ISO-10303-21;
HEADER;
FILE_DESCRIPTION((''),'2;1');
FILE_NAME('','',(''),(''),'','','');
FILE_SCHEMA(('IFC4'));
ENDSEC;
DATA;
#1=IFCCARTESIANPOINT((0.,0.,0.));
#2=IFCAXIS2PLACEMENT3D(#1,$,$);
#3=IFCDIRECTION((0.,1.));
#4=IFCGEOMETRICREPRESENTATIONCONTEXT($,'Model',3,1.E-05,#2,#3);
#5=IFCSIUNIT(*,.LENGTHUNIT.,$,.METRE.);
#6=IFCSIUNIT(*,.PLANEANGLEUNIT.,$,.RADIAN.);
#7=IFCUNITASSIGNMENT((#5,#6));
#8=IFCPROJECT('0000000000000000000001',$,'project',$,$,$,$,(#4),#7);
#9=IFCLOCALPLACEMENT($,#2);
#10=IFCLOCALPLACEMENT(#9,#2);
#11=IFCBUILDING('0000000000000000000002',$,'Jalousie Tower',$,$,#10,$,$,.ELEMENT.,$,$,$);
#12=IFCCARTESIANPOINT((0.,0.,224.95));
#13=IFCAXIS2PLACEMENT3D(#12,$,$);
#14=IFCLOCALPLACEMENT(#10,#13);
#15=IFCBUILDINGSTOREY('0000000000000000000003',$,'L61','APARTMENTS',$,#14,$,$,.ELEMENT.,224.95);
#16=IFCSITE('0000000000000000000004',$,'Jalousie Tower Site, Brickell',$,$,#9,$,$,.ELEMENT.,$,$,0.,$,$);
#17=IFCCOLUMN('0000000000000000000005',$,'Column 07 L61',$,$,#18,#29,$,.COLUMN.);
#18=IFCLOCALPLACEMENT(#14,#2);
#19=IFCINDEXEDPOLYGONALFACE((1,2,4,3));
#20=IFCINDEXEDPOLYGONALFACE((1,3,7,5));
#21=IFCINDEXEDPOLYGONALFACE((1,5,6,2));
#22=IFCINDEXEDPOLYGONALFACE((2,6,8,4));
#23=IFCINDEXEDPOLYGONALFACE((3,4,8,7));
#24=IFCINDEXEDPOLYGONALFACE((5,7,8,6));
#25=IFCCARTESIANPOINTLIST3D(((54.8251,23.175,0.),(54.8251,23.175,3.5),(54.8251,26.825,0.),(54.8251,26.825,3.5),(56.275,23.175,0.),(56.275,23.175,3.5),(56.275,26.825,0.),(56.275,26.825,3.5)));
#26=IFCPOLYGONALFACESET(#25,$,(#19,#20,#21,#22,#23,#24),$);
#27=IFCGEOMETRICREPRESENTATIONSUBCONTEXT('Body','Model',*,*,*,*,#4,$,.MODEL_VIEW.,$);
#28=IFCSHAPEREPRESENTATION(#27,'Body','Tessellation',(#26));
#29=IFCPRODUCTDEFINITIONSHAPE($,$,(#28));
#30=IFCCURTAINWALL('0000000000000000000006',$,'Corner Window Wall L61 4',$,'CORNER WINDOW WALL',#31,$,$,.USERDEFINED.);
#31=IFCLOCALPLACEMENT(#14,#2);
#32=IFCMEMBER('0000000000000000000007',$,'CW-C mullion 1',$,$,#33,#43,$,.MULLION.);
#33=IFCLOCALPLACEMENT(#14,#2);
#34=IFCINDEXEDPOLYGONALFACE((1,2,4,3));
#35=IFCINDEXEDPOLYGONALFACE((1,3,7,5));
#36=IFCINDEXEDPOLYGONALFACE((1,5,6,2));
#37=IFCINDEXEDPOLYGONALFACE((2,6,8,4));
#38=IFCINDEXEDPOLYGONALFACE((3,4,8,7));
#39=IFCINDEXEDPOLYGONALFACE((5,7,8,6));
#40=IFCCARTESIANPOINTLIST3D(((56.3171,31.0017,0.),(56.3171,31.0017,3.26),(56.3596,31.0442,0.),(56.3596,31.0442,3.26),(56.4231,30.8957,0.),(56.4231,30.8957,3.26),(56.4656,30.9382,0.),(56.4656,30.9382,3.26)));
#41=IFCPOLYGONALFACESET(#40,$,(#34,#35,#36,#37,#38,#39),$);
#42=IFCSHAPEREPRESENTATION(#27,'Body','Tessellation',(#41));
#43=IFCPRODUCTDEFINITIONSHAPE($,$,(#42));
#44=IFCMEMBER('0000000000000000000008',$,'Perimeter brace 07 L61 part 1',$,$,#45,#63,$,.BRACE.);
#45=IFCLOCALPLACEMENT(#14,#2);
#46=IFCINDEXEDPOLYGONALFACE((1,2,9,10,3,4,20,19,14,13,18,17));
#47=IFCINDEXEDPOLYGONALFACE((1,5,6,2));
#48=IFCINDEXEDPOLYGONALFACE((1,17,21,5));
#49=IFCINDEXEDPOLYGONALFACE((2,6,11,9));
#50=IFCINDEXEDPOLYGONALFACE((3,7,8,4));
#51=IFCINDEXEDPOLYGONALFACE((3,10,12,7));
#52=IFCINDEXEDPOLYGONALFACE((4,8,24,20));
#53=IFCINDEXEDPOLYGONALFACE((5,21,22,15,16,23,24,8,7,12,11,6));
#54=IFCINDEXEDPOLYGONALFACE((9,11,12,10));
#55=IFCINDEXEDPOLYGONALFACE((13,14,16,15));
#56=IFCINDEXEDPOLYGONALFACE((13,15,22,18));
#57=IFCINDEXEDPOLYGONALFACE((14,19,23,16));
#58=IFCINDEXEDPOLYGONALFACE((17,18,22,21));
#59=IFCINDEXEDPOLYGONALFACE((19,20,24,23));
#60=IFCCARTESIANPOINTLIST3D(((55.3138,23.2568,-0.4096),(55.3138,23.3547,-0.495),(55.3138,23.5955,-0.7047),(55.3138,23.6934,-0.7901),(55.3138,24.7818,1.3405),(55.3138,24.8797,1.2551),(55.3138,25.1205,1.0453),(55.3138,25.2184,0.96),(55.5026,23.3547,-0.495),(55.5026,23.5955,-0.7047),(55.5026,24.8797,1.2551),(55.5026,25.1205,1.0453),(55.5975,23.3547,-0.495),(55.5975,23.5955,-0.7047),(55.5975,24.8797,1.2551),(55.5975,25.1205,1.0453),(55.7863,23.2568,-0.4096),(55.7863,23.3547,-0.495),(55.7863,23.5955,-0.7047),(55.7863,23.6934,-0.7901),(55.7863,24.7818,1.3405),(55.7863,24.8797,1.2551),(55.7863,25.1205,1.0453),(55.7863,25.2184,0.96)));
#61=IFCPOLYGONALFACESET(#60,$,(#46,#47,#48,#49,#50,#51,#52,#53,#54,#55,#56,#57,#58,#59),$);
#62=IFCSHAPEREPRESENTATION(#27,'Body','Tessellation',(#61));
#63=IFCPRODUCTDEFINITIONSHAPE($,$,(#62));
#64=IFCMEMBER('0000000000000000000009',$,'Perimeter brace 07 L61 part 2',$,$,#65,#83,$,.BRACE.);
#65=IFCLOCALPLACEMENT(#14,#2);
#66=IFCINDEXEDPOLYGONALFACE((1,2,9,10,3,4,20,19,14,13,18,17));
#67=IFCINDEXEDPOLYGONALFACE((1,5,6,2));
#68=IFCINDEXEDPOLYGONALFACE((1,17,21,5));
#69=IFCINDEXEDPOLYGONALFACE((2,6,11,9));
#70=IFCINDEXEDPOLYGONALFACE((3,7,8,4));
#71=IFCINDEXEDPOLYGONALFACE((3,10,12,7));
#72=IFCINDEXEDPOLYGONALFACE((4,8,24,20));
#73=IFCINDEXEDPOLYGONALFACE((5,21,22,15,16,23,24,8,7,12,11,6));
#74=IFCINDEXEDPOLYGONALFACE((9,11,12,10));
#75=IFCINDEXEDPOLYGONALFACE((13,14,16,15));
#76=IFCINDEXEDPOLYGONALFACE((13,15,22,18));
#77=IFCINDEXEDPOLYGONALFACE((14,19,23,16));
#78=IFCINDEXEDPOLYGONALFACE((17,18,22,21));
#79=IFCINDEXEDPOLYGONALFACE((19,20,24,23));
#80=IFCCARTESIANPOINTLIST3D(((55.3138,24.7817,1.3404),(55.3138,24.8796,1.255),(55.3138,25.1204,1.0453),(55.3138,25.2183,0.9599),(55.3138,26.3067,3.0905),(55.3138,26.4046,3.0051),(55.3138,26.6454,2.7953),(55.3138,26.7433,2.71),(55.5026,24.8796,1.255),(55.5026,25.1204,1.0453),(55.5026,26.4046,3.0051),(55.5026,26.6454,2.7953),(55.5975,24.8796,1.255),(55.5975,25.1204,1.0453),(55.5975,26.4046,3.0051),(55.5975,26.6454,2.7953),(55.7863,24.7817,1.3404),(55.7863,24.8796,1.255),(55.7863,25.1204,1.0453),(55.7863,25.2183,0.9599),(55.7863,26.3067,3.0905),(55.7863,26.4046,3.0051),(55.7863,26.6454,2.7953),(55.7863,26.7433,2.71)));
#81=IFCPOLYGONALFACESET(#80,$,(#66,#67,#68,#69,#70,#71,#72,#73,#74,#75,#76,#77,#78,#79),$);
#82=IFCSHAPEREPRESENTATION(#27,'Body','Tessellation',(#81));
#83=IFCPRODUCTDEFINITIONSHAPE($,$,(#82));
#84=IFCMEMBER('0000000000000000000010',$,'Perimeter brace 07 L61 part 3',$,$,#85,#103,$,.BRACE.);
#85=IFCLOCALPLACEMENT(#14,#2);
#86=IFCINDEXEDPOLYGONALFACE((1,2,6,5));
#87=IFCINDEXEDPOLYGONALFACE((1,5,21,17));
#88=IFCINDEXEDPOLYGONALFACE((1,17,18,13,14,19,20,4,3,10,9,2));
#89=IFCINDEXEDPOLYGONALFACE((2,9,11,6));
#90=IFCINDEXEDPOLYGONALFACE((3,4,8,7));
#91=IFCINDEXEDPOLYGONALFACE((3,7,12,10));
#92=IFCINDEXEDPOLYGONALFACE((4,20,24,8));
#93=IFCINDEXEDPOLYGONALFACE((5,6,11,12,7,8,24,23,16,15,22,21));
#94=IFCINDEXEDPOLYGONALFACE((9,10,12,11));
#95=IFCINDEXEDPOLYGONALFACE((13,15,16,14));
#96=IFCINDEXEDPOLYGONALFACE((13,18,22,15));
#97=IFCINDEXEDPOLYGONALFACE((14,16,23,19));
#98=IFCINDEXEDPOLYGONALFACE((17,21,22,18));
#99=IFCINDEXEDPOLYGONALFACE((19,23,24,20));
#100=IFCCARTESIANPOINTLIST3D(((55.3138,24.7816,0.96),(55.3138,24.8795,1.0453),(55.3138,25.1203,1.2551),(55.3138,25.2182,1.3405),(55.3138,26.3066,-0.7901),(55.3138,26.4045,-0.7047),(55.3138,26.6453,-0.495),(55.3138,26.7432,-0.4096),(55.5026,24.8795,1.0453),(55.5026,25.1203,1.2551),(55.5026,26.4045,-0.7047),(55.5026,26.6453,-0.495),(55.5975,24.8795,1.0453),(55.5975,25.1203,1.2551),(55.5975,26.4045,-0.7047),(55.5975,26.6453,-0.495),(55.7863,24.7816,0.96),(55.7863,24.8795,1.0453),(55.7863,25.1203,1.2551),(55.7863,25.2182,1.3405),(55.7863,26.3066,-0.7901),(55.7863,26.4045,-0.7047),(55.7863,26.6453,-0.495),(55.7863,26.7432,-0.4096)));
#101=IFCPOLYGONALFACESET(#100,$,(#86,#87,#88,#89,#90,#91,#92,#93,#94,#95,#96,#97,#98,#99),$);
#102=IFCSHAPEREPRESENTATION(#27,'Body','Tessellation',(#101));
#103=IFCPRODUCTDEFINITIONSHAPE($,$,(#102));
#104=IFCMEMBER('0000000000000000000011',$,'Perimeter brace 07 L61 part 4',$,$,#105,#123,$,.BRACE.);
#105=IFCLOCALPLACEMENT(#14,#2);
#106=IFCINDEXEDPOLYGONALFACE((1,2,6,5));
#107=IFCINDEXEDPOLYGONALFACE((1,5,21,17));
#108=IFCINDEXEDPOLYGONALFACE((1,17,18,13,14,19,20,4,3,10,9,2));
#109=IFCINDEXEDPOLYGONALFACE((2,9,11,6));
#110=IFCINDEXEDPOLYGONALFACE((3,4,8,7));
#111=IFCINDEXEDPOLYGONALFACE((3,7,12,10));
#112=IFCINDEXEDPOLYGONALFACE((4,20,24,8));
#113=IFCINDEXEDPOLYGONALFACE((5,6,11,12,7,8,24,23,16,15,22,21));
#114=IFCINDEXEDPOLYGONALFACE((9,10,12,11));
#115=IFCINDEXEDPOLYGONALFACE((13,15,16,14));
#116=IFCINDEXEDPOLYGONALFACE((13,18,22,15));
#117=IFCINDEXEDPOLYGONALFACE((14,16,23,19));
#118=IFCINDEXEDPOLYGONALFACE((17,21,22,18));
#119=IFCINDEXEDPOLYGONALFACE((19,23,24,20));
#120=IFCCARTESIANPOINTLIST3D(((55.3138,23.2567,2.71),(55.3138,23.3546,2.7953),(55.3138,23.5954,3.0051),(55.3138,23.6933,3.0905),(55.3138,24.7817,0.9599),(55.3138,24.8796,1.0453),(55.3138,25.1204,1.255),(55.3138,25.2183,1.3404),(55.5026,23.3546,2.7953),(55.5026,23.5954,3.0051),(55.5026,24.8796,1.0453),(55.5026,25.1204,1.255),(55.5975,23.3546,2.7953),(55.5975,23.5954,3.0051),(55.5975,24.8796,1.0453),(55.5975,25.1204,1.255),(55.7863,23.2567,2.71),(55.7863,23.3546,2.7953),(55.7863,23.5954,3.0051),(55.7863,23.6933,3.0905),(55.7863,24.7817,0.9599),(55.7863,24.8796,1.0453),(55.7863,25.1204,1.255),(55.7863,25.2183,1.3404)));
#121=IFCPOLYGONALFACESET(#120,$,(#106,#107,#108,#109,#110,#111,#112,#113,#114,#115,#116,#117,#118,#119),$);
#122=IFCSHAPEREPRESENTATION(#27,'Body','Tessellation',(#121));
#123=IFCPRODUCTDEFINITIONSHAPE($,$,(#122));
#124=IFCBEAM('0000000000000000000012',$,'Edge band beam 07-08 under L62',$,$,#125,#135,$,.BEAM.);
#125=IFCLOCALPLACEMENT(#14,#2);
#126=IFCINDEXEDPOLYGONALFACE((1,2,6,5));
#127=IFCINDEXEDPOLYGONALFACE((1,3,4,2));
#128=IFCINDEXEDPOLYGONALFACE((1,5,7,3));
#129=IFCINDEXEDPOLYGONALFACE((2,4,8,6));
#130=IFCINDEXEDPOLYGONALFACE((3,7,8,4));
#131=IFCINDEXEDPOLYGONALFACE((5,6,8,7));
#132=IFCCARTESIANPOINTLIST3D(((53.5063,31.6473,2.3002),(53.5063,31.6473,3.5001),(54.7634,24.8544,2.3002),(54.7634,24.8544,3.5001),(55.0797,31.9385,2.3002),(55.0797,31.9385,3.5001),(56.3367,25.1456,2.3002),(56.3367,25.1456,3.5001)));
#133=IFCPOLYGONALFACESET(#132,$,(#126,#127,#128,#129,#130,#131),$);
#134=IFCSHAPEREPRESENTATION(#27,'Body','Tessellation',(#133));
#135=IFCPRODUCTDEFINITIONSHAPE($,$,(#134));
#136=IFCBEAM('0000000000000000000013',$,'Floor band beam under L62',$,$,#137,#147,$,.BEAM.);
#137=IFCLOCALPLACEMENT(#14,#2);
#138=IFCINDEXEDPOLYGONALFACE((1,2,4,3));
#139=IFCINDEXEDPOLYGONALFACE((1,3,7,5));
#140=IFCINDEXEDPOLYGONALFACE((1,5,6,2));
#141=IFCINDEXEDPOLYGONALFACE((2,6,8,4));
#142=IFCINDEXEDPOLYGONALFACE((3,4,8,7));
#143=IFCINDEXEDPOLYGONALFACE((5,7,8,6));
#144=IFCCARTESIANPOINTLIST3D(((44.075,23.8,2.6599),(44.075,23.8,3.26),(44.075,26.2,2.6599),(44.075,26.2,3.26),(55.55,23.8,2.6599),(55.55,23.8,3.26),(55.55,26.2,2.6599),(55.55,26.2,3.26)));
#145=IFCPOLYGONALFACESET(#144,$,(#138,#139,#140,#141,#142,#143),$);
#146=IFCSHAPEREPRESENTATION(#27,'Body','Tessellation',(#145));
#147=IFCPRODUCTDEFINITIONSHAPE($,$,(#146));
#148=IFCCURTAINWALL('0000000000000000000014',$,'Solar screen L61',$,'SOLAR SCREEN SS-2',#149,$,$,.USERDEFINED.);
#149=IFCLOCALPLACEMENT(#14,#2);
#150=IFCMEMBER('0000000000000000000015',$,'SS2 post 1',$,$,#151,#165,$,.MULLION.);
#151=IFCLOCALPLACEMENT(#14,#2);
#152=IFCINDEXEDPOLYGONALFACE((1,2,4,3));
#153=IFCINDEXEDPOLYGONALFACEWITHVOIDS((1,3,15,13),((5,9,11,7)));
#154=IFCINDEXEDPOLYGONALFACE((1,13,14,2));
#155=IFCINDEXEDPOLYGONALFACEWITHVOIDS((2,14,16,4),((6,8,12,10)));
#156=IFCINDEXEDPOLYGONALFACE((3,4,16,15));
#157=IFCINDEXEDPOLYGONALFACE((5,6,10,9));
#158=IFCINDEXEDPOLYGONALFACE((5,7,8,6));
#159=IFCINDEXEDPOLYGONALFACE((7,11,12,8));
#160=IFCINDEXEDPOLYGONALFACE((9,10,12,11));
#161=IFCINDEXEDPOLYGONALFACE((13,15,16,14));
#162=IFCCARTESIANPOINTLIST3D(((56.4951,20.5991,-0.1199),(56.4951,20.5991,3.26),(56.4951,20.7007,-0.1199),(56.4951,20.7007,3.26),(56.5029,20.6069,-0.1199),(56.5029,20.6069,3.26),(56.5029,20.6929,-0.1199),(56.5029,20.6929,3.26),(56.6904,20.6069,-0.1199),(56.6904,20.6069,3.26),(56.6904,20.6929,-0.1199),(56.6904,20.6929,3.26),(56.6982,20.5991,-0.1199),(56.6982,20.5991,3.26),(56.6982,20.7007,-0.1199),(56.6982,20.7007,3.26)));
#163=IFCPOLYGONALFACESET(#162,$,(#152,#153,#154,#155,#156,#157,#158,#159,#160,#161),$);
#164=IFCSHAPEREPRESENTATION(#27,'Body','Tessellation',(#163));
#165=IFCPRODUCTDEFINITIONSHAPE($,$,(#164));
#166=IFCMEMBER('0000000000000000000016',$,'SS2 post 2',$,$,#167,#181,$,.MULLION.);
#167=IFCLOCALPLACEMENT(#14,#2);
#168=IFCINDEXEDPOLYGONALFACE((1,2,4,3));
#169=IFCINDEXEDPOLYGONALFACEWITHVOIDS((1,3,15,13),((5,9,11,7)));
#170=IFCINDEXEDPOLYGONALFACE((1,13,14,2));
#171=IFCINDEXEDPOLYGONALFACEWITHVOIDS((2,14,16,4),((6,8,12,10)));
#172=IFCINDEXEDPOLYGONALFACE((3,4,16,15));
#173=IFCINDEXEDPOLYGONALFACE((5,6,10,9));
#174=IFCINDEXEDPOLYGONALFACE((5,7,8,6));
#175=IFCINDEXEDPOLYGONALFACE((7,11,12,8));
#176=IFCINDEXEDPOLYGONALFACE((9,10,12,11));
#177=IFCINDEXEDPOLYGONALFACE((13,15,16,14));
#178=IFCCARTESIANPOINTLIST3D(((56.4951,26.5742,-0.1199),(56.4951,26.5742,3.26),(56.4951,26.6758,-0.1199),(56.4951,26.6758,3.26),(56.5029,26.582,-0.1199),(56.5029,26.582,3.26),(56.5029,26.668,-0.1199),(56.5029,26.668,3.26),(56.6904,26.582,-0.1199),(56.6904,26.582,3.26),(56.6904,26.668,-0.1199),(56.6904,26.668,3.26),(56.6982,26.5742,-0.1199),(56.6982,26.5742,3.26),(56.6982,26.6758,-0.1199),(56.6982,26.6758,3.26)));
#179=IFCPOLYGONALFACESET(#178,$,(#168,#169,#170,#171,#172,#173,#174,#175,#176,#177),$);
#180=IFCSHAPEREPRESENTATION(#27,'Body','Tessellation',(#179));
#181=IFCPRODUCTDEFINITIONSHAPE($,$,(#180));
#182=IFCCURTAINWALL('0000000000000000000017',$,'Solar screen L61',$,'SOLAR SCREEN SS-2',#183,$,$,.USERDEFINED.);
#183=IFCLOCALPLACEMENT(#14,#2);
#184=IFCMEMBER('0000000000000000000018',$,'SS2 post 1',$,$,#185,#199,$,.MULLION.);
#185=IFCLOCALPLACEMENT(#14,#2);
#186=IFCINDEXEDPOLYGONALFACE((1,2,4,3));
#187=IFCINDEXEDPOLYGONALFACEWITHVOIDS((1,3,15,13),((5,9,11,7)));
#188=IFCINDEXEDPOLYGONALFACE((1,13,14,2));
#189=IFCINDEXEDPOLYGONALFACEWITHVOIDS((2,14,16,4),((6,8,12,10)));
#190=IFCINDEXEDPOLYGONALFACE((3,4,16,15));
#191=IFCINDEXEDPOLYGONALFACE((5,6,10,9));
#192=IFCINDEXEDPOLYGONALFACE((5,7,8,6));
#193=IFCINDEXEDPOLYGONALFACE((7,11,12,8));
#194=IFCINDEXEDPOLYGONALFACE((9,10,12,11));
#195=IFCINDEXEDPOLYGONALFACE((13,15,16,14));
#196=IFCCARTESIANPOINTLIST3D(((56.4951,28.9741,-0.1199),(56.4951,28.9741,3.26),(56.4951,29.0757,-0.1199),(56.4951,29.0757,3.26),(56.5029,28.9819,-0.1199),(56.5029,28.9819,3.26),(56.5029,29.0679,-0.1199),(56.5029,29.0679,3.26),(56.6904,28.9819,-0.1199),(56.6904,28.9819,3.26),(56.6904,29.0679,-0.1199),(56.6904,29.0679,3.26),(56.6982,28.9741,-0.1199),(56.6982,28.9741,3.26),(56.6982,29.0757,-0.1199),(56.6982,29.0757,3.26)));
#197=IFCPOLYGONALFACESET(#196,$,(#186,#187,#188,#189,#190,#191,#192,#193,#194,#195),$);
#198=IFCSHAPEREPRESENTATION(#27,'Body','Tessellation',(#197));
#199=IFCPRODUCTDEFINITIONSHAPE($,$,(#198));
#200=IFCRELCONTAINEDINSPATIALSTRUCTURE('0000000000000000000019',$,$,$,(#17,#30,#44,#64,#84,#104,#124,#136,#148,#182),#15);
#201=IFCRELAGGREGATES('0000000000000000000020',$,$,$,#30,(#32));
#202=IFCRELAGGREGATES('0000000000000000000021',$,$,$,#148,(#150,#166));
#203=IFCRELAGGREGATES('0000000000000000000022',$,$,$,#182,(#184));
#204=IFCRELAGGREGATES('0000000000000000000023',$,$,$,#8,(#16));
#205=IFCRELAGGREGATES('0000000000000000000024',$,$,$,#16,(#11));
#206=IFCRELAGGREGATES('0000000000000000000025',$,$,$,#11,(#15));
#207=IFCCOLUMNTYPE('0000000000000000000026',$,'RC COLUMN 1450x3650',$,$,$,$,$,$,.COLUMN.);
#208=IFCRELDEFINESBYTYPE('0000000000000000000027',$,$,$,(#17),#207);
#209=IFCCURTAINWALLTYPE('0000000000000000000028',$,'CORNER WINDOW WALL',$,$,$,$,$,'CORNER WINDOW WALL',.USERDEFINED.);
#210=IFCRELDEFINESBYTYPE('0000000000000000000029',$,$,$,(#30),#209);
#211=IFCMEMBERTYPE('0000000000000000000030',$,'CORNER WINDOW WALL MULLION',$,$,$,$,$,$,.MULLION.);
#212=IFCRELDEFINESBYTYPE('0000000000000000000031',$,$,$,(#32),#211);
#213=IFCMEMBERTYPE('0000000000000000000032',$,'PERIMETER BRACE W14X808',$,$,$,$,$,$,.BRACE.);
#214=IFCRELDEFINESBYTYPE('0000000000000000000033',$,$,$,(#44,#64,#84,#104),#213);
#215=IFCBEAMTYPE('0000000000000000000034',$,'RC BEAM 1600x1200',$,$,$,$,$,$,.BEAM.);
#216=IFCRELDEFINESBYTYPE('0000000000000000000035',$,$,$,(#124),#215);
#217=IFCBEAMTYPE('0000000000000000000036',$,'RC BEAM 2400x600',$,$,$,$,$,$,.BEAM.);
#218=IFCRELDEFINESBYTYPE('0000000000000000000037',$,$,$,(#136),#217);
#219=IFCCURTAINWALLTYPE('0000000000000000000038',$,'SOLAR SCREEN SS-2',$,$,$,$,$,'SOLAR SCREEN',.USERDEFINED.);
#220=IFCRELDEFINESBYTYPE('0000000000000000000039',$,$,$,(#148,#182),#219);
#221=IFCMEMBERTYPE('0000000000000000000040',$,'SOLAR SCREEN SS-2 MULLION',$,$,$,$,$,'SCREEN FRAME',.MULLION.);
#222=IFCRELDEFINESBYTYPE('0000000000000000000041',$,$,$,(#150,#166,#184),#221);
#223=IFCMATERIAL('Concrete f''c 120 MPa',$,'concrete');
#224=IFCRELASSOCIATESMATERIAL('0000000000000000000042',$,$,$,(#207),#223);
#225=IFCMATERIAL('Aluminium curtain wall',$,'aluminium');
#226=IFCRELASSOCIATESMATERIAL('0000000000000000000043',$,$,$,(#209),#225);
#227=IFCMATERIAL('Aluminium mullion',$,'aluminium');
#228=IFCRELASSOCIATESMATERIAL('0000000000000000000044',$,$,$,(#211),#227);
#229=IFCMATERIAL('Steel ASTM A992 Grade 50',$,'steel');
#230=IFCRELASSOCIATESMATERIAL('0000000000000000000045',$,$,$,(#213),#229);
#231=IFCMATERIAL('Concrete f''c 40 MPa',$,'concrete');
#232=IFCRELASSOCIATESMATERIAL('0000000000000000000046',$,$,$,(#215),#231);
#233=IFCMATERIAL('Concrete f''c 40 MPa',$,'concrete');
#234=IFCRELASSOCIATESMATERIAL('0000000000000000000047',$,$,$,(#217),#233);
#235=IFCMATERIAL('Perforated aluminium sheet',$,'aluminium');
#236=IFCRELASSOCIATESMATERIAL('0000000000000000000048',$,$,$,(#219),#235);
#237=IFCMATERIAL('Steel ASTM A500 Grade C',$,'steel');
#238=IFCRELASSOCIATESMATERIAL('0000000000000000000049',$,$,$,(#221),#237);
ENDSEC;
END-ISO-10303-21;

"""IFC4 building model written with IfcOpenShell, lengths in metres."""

from ifc_helpers import new_model, si_unit, direction, frame, origin, origin_2d, place, context, subcontext, project, spatial, rectangle, hollow_rectangle, i_section, extrude, material, material_profile, profile_set, type_object, element, aggregate, save


model = new_model("IFC4")

# Units and contexts
model_context = context("Model", 3, precision=1e-05, world=origin(), true_north=direction((0.0, 1.0)))
body_context = subcontext(model_context, "Body", "Model", "MODEL_VIEW")
ifc_project = project(units=[si_unit("LENGTHUNIT", "METRE"), si_unit("PLANEANGLEUNIT", "RADIAN")], contexts=[model_context])

# Site, building, storey
site_placement = place(None, origin())
site = spatial("IfcSite", under=ifc_project, at=site_placement, Name="Jalousie Tower Site, Brickell", CompositionType="ELEMENT", RefElevation=0.0)
building_placement = place(site_placement, origin())
building = spatial("IfcBuilding", under=site, at=building_placement, Name="Jalousie Tower", CompositionType="ELEMENT")
storey_placement = place(building_placement, frame((0.0, 0.0, 224.95)))
storey = spatial("IfcBuildingStorey", under=building, at=storey_placement, Name="L61", Description="APARTMENTS", CompositionType="ELEMENT", Elevation=224.95)

# Column
ifc_material_1 = material(Name="Concrete f'c 120 MPa", Category="concrete")
ifc_material_profile_1 = material_profile(ifc_material_1, rectangle(XDim=1.45, YDim=3.6499, at=origin_2d()), Name="RC 1450x3650")
ifc_profile_set_1 = profile_set([ifc_material_profile_1], Name="Concrete f'c 120 MPa")
column_type = type_object("IfcColumnType", Name="RC COLUMN 1450x3650", PredefinedType="COLUMN", material=ifc_profile_set_1)
column_placement = place(storey_placement, frame((55.55, 25.0, 0.0), z_axis=(0.0, 0.0, 1.0), x_axis=(1.0, 0.0, 0.0)))
element("IfcColumn", 1, at=column_placement, inside=storey, type_object=column_type, Name="Column 07 L61", PredefinedType="COLUMN", context=body_context, shape_type="SweptSolid", body=[
    extrude(rectangle(XDim=1.45, YDim=3.6499, at=origin_2d()), origin(), (0.0, 0.0, 1.0), 3.5),
])

# Curtain wall, member
ifc_material_2 = material(Name="Aluminium curtain wall", Category="aluminium")
curtain_wall_type_1 = type_object("IfcCurtainWallType", Name="CORNER WINDOW WALL", ElementType="CORNER WINDOW WALL", PredefinedType="USERDEFINED", material=ifc_material_2)
curtain_wall_1_placement = place(storey_placement, origin())
curtain_wall_1 = element("IfcCurtainWall", 2, at=curtain_wall_1_placement, inside=storey, type_object=curtain_wall_type_1, Name="Corner Window Wall L61 4", ObjectType="CORNER WINDOW WALL", PredefinedType="USERDEFINED")
ifc_material_3 = material(Name="Aluminium mullion", Category="aluminium")
ifc_material_profile_2 = material_profile(ifc_material_3, rectangle(XDim=0.0601, YDim=0.1499, at=origin_2d()), Name="MULLION 60x150")
ifc_profile_set_2 = profile_set([ifc_material_profile_2], Name="Aluminium mullion")
member_type_1 = type_object("IfcMemberType", Name="CORNER WINDOW WALL MULLION", PredefinedType="MULLION", material=ifc_profile_set_2)
member_1_placement = place(storey_placement, frame((56.3914, 30.97, 0.0), z_axis=(0.0, 0.0, 1.0), x_axis=(-0.707107, -0.707107, 0.0)))
member_1 = element("IfcMember", 3, at=member_1_placement, type_object=member_type_1, Name="CW-C mullion 1", PredefinedType="MULLION", context=body_context, shape_type="SweptSolid", body=[
    extrude(rectangle(XDim=0.0601, YDim=0.1499, at=origin_2d()), origin(), (0.0, 0.0, 1.0), 3.26),
])
aggregate(curtain_wall_1, [member_1])

# Members
ifc_material_4 = material(Name="Steel ASTM A992 Grade 50", Category="steel")
ifc_material_profile_3 = material_profile(ifc_material_4, i_section(OverallWidth=0.4724, OverallDepth=0.5791, WebThickness=0.095, FlangeThickness=0.1299, at=origin_2d()), Name="W14X808")
ifc_profile_set_3 = profile_set([ifc_material_profile_3], Name="Steel ASTM A992 Grade 50")
member_type_2 = type_object("IfcMemberType", Name="PERIMETER BRACE W14X808", PredefinedType="BRACE", material=ifc_profile_set_3)
for number, where, z_axis, x_axis, name in (
    (4, (55.55, 23.4751, -0.5999), (0.0, 0.656954, 0.75393), (-1.0, 0.0, 0.0), "Perimeter brace 07 L61 part 1"),
    (5, (55.55, 25.0, 1.1501), (0.0, 0.656954, 0.75393), (-1.0, 0.0, 0.0), "Perimeter brace 07 L61 part 2"),
    (6, (55.55, 26.5249, -0.5999), (0.0, -0.656954, 0.75393), (1.0, 0.0, 0.0), "Perimeter brace 07 L61 part 3"),
    (7, (55.55, 25.0, 1.1501), (0.0, -0.656954, 0.75393), (1.0, 0.0, 0.0), "Perimeter brace 07 L61 part 4"),
):
    element("IfcMember", number, at=place(storey_placement, frame(where, z_axis=z_axis, x_axis=x_axis)), inside=storey, type_object=member_type_2, Name=name, PredefinedType="BRACE", context=body_context, shape_type="SweptSolid", body=[
        extrude(i_section(OverallWidth=0.4724, OverallDepth=0.5791, WebThickness=0.095, FlangeThickness=0.1299, at=origin_2d()), origin(), (0.0, 0.0, 1.0), 2.3213),
    ])

# Beams
ifc_material_5 = material(Name="Concrete f'c 40 MPa", Category="concrete")
ifc_material_profile_4 = material_profile(ifc_material_5, rectangle(XDim=1.6001, YDim=1.2, at=origin_2d()), Name="RC 1600x1200")
ifc_profile_set_4 = profile_set([ifc_material_profile_4], Name="Concrete f'c 40 MPa")
beam_type_1 = type_object("IfcBeamType", Name="RC BEAM 1600x1200", PredefinedType="BEAM", material=ifc_profile_set_4)
beam_1_placement = place(storey_placement, frame((55.55, 25.0, 2.9001), z_axis=(-0.181967, 0.983305, 0.0), x_axis=(-0.983305, -0.181967, 0.0)))
element("IfcBeam", 8, at=beam_1_placement, inside=storey, type_object=beam_type_1, Name="Edge band beam 07-08 under L62", PredefinedType="BEAM", context=body_context, shape_type="SweptSolid", body=[
    extrude(rectangle(XDim=1.6001, YDim=1.2, at=origin_2d()), origin(), (0.0, 0.0, 1.0), 6.9082),
])
ifc_material_6 = material(Name="Concrete f'c 40 MPa", Category="concrete")
ifc_material_profile_5 = material_profile(ifc_material_6, rectangle(XDim=2.3999, YDim=0.6001, at=origin_2d()), Name="RC 2400x600")
ifc_profile_set_5 = profile_set([ifc_material_profile_5], Name="Concrete f'c 40 MPa")
beam_type_2 = type_object("IfcBeamType", Name="RC BEAM 2400x600", PredefinedType="BEAM", material=ifc_profile_set_5)
beam_2_placement = place(storey_placement, frame((55.55, 25.0, 2.96), z_axis=(-1.0, 0.0, 0.0), x_axis=(0.0, -1.0, 0.0)))
element("IfcBeam", 9, at=beam_2_placement, inside=storey, type_object=beam_type_2, Name="Floor band beam under L62", PredefinedType="BEAM", context=body_context, shape_type="SweptSolid", body=[
    extrude(rectangle(XDim=2.3999, YDim=0.6001, at=origin_2d()), origin(), (0.0, 0.0, 1.0), 11.4751),
])

# Curtain walls, members
ifc_material_7 = material(Name="Perforated aluminium sheet", Category="aluminium")
curtain_wall_type_2 = type_object("IfcCurtainWallType", Name="SOLAR SCREEN SS-2", ElementType="SOLAR SCREEN", PredefinedType="USERDEFINED", material=ifc_material_7)
curtain_wall_2_placement = place(storey_placement, origin())
curtain_wall_2 = element("IfcCurtainWall", 10, at=curtain_wall_2_placement, inside=storey, type_object=curtain_wall_type_2, Name="Solar screen L61", ObjectType="SOLAR SCREEN SS-2", PredefinedType="USERDEFINED")
ifc_material_8 = material(Name="Steel ASTM A500 Grade C", Category="steel")
ifc_material_profile_6 = material_profile(ifc_material_8, hollow_rectangle(XDim=0.1016, YDim=0.2031, WallThickness=0.0078, at=origin_2d()), Name="HSS8X4X5/16")
ifc_profile_set_6 = profile_set([ifc_material_profile_6], Name="Steel ASTM A500 Grade C")
member_type_3 = type_object("IfcMemberType", Name="SOLAR SCREEN SS-2 MULLION", ElementType="SCREEN FRAME", PredefinedType="MULLION", material=ifc_profile_set_6)
member_2_placement = place(storey_placement, frame((56.5967, 20.6499, -0.1199), z_axis=(0.0, 0.0, 1.0), x_axis=(0.0, 1.0, 0.0)))
member_2 = element("IfcMember", 11, at=member_2_placement, type_object=member_type_3, Name="SS2 post 1", PredefinedType="MULLION", context=body_context, shape_type="SweptSolid", body=[
    extrude(hollow_rectangle(XDim=0.1016, YDim=0.2031, WallThickness=0.0078, at=origin_2d()), origin(), (0.0, 0.0, 1.0), 3.3799),
])
member_3_placement = place(storey_placement, frame((56.5967, 26.625, -0.1199), z_axis=(0.0, 0.0, 1.0), x_axis=(0.0, 1.0, 0.0)))
member_3 = element("IfcMember", 12, at=member_3_placement, type_object=member_type_3, Name="SS2 post 2", PredefinedType="MULLION", context=body_context, shape_type="SweptSolid", body=[
    extrude(hollow_rectangle(XDim=0.1016, YDim=0.2031, WallThickness=0.0078, at=origin_2d()), origin(), (0.0, 0.0, 1.0), 3.3799),
])
curtain_wall_3_placement = place(storey_placement, origin())
curtain_wall_3 = element("IfcCurtainWall", 13, at=curtain_wall_3_placement, inside=storey, type_object=curtain_wall_type_2, Name="Solar screen L61", ObjectType="SOLAR SCREEN SS-2", PredefinedType="USERDEFINED")
member_4_placement = place(storey_placement, frame((56.5967, 29.0249, -0.1199), z_axis=(0.0, 0.0, 1.0), x_axis=(0.0, 1.0, 0.0)))
member_4 = element("IfcMember", 14, at=member_4_placement, type_object=member_type_3, Name="SS2 post 1", PredefinedType="MULLION", context=body_context, shape_type="SweptSolid", body=[
    extrude(hollow_rectangle(XDim=0.1016, YDim=0.2031, WallThickness=0.0078, at=origin_2d()), origin(), (0.0, 0.0, 1.0), 3.3799),
])

aggregate(curtain_wall_2, [member_2, member_3])
aggregate(curtain_wall_3, [member_4])

save(model, "model.ifc")
